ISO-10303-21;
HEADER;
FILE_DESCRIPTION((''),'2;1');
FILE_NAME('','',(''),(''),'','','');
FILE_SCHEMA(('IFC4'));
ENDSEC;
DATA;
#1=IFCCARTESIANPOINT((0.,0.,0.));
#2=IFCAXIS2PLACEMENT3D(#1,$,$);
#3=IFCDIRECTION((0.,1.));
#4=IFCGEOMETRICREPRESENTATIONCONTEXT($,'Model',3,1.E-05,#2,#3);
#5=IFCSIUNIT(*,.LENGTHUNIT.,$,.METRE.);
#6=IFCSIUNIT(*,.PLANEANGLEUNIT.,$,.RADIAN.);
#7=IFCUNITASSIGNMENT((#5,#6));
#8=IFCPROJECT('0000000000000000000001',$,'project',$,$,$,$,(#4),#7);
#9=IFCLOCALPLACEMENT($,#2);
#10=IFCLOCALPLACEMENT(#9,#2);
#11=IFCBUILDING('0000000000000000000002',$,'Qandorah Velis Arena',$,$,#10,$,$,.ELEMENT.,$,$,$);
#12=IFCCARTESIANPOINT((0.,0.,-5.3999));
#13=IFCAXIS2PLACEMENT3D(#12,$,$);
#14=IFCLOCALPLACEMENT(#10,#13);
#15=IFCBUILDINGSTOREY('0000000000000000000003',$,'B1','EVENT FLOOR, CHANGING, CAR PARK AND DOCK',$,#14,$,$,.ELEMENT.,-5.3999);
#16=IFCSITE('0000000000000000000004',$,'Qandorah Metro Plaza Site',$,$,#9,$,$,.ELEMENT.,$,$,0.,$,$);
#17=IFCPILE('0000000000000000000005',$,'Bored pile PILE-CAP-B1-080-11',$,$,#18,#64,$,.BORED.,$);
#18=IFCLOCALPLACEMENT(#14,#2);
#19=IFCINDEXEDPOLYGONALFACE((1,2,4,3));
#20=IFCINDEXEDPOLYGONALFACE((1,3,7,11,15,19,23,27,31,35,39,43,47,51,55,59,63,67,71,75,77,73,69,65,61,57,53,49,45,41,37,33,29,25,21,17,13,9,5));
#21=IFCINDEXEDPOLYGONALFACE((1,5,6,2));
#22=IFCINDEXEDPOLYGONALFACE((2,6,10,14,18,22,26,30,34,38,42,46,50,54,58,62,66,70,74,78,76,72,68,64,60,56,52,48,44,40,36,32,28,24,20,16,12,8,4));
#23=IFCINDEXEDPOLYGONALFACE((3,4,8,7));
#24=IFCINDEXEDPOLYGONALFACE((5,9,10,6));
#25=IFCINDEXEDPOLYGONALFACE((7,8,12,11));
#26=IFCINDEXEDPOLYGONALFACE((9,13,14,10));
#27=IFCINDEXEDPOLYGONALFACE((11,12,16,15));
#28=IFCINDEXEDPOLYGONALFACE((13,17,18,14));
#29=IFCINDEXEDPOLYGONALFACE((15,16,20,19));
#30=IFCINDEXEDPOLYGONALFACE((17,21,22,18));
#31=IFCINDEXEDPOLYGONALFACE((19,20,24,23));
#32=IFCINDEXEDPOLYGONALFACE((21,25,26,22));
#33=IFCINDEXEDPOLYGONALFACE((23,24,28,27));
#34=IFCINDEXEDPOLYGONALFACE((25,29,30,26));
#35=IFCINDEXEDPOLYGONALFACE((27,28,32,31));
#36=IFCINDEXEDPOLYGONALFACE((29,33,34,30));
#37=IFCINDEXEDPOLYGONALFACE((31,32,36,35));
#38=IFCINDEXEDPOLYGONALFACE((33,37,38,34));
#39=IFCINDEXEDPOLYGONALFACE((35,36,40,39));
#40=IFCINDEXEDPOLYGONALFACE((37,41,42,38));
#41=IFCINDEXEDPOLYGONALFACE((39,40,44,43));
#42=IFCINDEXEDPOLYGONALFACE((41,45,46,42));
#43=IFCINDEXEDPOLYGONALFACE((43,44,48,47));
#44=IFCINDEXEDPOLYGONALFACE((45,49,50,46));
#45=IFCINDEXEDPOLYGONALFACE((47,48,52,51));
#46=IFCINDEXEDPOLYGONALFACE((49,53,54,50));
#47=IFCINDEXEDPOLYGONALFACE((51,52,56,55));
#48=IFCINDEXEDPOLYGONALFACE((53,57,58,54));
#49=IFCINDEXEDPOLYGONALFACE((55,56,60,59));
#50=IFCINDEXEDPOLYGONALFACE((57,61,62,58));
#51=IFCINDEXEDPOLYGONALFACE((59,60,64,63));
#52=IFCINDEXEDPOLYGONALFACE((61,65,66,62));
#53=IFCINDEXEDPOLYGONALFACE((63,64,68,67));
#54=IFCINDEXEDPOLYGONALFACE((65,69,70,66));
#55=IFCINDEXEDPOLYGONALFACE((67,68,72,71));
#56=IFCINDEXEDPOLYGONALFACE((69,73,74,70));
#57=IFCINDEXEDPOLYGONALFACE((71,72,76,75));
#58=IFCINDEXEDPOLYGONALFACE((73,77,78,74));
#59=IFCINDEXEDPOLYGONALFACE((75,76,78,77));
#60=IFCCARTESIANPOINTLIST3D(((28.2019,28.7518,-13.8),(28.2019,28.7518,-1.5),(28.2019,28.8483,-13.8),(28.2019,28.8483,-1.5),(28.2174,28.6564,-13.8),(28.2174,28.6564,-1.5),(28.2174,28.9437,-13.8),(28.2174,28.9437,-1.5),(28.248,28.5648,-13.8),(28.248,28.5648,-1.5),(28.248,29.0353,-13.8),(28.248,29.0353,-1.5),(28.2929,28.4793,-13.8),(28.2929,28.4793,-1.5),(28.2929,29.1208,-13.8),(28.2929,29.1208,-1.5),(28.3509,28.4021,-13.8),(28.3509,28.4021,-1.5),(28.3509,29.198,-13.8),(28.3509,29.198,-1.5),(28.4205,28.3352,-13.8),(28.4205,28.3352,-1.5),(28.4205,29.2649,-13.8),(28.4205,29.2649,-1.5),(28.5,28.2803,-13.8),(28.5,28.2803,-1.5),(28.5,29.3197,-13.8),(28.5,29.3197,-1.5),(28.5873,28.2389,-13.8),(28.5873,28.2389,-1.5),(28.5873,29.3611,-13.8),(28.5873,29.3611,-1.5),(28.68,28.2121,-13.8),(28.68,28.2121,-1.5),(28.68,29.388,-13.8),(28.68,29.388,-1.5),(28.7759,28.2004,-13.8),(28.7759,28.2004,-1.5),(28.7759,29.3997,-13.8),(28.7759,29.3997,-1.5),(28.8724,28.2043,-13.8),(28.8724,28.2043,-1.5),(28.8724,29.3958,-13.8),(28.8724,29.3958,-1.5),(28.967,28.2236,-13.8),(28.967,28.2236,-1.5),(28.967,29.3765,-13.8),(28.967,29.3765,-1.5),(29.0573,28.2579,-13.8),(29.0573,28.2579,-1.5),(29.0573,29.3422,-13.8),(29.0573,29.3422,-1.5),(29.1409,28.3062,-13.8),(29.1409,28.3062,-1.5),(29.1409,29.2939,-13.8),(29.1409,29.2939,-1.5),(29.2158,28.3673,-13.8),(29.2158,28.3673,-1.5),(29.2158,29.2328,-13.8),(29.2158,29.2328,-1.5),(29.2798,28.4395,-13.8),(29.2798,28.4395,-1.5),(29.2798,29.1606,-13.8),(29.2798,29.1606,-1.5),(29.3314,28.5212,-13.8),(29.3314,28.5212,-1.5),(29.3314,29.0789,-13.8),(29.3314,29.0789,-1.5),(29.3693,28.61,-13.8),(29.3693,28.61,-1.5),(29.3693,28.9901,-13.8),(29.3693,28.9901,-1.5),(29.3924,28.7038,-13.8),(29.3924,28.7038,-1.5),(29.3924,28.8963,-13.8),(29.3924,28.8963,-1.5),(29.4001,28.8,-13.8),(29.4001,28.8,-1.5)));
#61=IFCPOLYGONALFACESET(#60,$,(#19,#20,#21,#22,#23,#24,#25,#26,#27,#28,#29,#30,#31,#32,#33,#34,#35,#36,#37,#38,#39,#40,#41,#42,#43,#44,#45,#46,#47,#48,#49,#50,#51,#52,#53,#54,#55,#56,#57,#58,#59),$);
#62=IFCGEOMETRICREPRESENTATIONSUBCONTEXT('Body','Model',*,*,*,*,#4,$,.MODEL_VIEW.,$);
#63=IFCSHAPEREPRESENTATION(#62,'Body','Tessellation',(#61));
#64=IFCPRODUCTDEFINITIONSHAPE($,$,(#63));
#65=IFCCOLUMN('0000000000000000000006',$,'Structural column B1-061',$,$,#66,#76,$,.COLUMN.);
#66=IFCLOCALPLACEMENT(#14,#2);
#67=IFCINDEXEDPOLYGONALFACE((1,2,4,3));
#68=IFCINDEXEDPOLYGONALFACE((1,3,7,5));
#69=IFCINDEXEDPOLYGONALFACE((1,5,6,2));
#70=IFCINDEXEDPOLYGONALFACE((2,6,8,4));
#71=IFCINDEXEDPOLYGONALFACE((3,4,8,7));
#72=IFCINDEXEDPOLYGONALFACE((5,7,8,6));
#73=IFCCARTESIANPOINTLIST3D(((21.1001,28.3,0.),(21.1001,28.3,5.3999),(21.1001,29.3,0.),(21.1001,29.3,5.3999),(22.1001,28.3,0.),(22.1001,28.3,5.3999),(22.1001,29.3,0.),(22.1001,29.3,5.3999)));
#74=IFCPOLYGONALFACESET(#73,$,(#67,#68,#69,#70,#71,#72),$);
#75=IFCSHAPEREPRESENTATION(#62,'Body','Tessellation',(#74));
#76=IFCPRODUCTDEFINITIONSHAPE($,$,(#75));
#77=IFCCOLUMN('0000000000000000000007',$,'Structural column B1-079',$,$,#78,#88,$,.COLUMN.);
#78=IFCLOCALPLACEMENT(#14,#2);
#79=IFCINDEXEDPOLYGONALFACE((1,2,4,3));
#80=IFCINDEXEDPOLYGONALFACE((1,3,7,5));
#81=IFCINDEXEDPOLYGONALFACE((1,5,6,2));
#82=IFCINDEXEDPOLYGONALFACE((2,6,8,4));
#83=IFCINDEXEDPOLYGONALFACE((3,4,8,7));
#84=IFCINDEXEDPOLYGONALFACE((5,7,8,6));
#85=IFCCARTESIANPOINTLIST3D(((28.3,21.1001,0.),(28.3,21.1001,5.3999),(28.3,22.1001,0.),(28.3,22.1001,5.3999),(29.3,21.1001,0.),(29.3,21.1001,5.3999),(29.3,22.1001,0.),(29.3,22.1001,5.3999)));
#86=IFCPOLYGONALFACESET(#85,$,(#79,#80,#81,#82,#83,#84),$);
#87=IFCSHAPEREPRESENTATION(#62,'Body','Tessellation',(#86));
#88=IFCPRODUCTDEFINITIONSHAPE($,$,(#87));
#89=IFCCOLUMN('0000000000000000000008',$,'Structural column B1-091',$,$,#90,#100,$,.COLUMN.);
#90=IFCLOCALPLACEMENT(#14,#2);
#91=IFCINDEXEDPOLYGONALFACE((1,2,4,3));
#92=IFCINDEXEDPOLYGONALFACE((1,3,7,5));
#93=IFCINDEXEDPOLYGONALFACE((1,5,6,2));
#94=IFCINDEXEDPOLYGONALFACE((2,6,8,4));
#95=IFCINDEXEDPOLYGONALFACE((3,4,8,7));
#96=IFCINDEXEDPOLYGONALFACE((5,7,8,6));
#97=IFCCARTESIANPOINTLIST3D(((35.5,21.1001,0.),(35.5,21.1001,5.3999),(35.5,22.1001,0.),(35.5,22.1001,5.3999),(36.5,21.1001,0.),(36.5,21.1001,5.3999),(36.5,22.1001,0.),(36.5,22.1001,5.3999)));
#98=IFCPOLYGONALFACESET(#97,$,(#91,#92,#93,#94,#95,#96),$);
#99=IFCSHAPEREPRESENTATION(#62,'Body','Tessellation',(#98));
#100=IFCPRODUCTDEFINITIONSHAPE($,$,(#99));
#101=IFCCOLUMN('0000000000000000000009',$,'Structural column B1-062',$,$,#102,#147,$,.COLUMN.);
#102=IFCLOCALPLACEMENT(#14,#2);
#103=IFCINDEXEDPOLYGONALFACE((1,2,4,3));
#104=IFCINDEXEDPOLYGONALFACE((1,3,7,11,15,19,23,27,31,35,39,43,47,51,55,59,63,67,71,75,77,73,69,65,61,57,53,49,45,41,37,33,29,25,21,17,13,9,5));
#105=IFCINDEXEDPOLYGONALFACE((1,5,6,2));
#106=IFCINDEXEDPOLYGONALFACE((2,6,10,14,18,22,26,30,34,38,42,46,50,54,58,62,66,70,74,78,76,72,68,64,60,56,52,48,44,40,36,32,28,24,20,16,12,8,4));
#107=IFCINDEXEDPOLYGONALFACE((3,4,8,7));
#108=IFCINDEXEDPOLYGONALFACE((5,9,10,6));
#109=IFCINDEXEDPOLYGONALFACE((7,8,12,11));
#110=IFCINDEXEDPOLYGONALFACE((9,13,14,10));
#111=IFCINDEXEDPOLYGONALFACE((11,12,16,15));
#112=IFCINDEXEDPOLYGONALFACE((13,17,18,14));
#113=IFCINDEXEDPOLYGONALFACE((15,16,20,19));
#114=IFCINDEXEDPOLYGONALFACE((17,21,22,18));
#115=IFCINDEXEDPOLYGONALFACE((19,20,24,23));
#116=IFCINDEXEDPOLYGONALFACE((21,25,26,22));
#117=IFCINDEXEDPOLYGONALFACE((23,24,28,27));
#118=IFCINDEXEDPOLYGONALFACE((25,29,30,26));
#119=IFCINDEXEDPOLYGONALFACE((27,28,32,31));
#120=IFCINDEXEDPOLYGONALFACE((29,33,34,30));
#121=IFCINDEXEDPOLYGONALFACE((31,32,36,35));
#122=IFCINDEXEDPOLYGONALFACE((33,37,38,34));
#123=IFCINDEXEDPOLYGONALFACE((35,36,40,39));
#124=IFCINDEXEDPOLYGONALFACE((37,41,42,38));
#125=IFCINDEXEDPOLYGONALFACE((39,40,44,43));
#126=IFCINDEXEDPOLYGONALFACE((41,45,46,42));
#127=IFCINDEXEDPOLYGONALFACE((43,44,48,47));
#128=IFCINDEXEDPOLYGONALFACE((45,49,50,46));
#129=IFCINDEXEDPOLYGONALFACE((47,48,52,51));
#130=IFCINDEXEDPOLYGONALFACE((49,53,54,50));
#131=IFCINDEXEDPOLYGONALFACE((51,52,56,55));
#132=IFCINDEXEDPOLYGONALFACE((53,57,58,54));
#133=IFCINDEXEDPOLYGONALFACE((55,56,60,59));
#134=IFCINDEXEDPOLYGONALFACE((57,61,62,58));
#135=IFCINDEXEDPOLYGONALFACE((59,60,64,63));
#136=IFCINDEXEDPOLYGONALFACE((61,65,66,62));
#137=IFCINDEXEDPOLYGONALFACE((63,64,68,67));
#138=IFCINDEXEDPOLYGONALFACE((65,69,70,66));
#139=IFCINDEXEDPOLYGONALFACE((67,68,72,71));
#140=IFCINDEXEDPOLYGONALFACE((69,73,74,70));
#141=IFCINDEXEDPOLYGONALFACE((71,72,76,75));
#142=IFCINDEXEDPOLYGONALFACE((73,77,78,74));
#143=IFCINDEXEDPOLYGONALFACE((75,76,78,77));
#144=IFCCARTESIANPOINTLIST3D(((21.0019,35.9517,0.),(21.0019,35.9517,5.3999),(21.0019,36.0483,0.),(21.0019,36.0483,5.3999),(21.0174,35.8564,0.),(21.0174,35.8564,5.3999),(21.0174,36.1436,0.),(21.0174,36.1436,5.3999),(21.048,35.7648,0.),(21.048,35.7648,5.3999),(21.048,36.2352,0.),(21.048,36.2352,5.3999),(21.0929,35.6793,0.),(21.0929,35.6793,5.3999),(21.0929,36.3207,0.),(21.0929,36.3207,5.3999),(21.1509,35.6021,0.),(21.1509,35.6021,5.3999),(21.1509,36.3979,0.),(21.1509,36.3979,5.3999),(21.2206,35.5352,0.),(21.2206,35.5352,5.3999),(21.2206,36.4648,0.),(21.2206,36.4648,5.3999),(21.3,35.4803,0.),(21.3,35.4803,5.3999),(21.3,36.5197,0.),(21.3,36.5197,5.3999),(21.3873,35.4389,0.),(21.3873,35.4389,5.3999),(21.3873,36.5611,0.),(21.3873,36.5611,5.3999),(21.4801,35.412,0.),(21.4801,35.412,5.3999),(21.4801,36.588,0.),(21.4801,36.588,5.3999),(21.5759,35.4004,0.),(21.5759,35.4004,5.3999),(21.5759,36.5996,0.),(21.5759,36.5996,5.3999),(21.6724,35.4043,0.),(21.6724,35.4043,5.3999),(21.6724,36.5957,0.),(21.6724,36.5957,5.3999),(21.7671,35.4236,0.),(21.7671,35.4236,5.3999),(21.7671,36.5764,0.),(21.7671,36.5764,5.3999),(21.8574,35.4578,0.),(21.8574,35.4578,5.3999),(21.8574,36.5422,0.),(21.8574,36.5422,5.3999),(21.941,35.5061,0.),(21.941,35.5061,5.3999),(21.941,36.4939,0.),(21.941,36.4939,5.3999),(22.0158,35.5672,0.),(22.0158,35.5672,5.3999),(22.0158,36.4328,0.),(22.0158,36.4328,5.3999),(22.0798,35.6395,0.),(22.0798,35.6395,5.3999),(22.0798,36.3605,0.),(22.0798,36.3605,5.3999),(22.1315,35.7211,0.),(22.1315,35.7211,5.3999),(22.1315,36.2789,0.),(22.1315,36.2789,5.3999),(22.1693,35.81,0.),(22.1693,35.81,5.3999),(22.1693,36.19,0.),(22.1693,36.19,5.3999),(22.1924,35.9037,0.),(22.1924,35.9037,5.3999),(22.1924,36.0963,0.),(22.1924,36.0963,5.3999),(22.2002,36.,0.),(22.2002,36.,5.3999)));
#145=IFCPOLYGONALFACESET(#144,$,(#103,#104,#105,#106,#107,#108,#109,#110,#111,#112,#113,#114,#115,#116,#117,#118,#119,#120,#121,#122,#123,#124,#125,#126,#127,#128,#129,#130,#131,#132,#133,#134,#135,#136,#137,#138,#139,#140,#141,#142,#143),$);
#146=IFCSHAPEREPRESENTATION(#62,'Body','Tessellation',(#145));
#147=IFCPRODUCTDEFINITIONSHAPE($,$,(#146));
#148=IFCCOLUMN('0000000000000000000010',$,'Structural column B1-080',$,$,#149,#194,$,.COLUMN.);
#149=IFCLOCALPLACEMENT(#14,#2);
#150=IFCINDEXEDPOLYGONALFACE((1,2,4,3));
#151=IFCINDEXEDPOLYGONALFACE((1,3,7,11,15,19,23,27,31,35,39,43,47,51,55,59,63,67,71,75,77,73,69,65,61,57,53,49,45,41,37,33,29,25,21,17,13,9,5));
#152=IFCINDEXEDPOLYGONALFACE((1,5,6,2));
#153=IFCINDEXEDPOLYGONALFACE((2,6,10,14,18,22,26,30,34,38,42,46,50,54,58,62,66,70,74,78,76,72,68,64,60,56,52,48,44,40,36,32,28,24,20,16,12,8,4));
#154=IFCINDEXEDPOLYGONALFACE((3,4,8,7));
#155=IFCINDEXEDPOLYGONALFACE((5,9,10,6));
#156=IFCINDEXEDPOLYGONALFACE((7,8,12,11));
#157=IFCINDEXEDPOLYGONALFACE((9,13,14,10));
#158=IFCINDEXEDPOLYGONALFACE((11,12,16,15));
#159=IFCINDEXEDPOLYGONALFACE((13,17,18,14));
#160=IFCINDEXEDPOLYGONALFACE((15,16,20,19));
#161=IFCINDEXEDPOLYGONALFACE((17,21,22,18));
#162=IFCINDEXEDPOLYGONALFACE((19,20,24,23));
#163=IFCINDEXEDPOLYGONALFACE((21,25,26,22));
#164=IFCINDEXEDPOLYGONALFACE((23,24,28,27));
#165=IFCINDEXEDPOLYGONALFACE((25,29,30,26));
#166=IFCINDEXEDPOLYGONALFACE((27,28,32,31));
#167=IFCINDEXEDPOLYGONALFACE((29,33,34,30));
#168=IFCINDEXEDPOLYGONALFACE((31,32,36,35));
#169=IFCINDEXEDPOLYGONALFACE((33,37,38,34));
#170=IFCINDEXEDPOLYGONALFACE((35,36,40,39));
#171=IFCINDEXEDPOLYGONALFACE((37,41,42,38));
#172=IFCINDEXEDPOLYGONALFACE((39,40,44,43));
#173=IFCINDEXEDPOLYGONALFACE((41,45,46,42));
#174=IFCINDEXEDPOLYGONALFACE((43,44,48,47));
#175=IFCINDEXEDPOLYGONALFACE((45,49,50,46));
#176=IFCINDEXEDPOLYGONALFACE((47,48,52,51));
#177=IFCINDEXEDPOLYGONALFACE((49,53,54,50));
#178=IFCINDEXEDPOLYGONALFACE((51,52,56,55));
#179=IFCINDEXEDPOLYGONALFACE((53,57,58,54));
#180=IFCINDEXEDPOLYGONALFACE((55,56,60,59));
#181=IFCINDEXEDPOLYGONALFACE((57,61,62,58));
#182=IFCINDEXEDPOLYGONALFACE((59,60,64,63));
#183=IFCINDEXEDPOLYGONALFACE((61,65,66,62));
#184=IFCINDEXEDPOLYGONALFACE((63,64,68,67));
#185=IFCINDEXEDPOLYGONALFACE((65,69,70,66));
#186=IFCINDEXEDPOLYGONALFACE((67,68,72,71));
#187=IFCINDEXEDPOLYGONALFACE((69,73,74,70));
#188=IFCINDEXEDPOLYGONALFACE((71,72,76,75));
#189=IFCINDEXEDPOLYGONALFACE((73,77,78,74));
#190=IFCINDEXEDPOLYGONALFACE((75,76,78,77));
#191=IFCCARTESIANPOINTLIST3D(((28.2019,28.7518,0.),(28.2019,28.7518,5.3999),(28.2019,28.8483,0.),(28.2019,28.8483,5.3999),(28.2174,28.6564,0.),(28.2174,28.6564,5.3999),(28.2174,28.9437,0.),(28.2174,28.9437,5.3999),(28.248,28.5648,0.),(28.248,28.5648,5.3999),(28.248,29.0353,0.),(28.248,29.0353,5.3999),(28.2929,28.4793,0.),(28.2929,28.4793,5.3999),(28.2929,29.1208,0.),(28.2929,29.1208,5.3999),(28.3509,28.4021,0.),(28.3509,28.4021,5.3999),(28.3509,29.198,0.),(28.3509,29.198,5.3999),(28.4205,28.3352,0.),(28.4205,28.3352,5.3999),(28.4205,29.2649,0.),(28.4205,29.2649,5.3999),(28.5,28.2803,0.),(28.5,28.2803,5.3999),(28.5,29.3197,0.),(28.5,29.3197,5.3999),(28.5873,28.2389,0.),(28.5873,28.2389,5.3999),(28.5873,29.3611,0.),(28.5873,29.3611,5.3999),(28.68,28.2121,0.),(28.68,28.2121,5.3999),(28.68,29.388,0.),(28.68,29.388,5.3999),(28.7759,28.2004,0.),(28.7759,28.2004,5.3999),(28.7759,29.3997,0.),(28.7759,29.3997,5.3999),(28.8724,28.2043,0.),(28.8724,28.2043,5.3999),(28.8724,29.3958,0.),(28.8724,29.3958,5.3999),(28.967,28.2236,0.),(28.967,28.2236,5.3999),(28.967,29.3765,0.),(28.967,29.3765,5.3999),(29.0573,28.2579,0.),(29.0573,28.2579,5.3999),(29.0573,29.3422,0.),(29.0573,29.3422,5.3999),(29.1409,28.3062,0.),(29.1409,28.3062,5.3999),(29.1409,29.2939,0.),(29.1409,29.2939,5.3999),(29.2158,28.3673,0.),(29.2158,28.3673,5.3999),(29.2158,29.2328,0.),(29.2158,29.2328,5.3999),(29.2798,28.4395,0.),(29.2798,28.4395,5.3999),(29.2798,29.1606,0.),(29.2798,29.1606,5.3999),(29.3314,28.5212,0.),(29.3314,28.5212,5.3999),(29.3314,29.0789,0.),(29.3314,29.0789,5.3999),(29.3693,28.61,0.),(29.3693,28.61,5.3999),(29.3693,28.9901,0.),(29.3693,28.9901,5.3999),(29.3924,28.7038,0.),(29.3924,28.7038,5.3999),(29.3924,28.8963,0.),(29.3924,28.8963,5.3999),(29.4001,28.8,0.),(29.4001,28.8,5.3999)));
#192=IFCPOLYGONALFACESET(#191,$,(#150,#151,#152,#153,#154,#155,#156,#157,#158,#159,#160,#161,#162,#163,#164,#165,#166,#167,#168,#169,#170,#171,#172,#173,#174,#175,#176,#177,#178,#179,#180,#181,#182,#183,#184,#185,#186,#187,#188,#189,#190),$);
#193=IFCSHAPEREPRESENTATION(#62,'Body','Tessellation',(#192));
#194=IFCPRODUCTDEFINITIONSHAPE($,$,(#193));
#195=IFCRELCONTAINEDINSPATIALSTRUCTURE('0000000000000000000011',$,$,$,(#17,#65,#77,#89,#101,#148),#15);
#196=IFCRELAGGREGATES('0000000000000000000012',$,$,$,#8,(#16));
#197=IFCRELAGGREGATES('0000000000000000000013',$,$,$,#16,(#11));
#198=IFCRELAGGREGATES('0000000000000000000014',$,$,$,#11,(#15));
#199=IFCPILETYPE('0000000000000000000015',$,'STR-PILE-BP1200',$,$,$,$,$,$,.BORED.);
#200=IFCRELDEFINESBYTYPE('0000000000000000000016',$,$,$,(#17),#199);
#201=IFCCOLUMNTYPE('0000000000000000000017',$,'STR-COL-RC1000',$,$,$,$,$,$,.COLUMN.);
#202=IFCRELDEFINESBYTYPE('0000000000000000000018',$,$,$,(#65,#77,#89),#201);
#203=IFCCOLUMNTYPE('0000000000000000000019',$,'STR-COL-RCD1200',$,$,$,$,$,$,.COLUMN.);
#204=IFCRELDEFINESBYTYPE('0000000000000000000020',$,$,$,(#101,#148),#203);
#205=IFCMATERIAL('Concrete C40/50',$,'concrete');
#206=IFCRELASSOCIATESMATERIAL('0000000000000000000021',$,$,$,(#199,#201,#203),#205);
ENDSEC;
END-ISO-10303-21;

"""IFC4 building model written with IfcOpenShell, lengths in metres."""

from ifc_helpers import new_model, si_unit, direction, frame, origin, origin_2d, place, context, subcontext, project, spatial, rectangle, circle, extrude, material, material_profile, profile_set, type_object, element, save


model = new_model("IFC4")

# Units and contexts
model_context = context("Model", 3, precision=1e-05, world=origin(), true_north=direction((0.0, 1.0)))
body_context = subcontext(model_context, "Body", "Model", "MODEL_VIEW")
ifc_project = project(units=[si_unit("LENGTHUNIT", "METRE"), si_unit("PLANEANGLEUNIT", "RADIAN")], contexts=[model_context])

# Site, building, storey
site_placement = place(None, origin())
site = spatial("IfcSite", under=ifc_project, at=site_placement, Name="Qandorah Metro Plaza Site", CompositionType="ELEMENT", RefElevation=0.0)
building_placement = place(site_placement, origin())
building = spatial("IfcBuilding", under=site, at=building_placement, Name="Qandorah Velis Arena", CompositionType="ELEMENT")
storey_placement = place(building_placement, frame((0.0, 0.0, -5.3999)))
storey = spatial("IfcBuildingStorey", under=building, at=storey_placement, Name="B1", Description="EVENT FLOOR, CHANGING, CAR PARK AND DOCK", CompositionType="ELEMENT", Elevation=-5.3999)

# Shared definitions
ifc_material = material(Name="Concrete C40/50", Category="concrete")

# Pile
ifc_material_profile_1 = material_profile(ifc_material, circle(Radius=0.6001, at=origin_2d()), Name="BORED PILE D1200")
ifc_profile_set_1 = profile_set([ifc_material_profile_1], Name="Concrete C40/50")
pile_type_1 = type_object("IfcPileType", Name="STR-PILE-BP1200", PredefinedType="BORED", material=ifc_profile_set_1)
pile_1_placement = place(storey_placement, frame((28.8, 28.8, -1.5), z_axis=(0.0, 0.0, -1.0), x_axis=(1.0, 0.0, 0.0)))
element("IfcPile", 1, at=pile_1_placement, inside=storey, type_object=pile_type_1, Name="Bored pile PILE-CAP-B1-080-11", PredefinedType="BORED", context=body_context, shape_type="SweptSolid", body=[
    extrude(circle(Radius=0.6001, at=origin_2d()), origin(), (0.0, 0.0, 1.0), 12.3),
])

# Columns
ifc_material_profile_2 = material_profile(ifc_material, rectangle(XDim=1.0, YDim=1.0, at=origin_2d()), Name="RC COL 1000x1000")
ifc_profile_set_2 = profile_set([ifc_material_profile_2], Name="Concrete C40/50")
column_type_1 = type_object("IfcColumnType", Name="STR-COL-RC1000", PredefinedType="COLUMN", material=ifc_profile_set_2)
for number, where, z_axis, x_axis, name in (
    (2, (21.6001, 28.8, 0.0), (0.0, 0.0, 1.0), (1.0, 0.0, 0.0), "Structural column B1-061"),
    (3, (28.8, 21.6001, 0.0), (0.0, 0.0, 1.0), (1.0, 0.0, 0.0), "Structural column B1-079"),
    (4, (36.0, 21.6001, 0.0), (0.0, 0.0, 1.0), (1.0, 0.0, 0.0), "Structural column B1-091"),
):
    element("IfcColumn", number, at=place(storey_placement, frame(where, z_axis=z_axis, x_axis=x_axis)), inside=storey, type_object=column_type_1, Name=name, PredefinedType="COLUMN", context=body_context, shape_type="SweptSolid", body=[
        extrude(rectangle(XDim=1.0, YDim=1.0, at=origin_2d()), origin(), (0.0, 0.0, 1.0), 5.3999),
    ])
ifc_material_profile_3 = material_profile(ifc_material, circle(Radius=0.6001, at=origin_2d()), Name="RC D1200")
ifc_profile_set_3 = profile_set([ifc_material_profile_3], Name="Concrete C40/50")
column_type_2 = type_object("IfcColumnType", Name="STR-COL-RCD1200", PredefinedType="COLUMN", material=ifc_profile_set_3)
for number, where, z_axis, x_axis, name in (
    (5, (21.6001, 36.0, 0.0), (0.0, 0.0, 1.0), (1.0, 0.0, 0.0), "Structural column B1-062"),
    (6, (28.8, 28.8, 0.0), (0.0, 0.0, 1.0), (1.0, 0.0, 0.0), "Structural column B1-080"),
):
    element("IfcColumn", number, at=place(storey_placement, frame(where, z_axis=z_axis, x_axis=x_axis)), inside=storey, type_object=column_type_2, Name=name, PredefinedType="COLUMN", context=body_context, shape_type="SweptSolid", body=[
        extrude(circle(Radius=0.6001, at=origin_2d()), origin(), (0.0, 0.0, 1.0), 5.3999),
    ])

save(model, "model.ifc")
